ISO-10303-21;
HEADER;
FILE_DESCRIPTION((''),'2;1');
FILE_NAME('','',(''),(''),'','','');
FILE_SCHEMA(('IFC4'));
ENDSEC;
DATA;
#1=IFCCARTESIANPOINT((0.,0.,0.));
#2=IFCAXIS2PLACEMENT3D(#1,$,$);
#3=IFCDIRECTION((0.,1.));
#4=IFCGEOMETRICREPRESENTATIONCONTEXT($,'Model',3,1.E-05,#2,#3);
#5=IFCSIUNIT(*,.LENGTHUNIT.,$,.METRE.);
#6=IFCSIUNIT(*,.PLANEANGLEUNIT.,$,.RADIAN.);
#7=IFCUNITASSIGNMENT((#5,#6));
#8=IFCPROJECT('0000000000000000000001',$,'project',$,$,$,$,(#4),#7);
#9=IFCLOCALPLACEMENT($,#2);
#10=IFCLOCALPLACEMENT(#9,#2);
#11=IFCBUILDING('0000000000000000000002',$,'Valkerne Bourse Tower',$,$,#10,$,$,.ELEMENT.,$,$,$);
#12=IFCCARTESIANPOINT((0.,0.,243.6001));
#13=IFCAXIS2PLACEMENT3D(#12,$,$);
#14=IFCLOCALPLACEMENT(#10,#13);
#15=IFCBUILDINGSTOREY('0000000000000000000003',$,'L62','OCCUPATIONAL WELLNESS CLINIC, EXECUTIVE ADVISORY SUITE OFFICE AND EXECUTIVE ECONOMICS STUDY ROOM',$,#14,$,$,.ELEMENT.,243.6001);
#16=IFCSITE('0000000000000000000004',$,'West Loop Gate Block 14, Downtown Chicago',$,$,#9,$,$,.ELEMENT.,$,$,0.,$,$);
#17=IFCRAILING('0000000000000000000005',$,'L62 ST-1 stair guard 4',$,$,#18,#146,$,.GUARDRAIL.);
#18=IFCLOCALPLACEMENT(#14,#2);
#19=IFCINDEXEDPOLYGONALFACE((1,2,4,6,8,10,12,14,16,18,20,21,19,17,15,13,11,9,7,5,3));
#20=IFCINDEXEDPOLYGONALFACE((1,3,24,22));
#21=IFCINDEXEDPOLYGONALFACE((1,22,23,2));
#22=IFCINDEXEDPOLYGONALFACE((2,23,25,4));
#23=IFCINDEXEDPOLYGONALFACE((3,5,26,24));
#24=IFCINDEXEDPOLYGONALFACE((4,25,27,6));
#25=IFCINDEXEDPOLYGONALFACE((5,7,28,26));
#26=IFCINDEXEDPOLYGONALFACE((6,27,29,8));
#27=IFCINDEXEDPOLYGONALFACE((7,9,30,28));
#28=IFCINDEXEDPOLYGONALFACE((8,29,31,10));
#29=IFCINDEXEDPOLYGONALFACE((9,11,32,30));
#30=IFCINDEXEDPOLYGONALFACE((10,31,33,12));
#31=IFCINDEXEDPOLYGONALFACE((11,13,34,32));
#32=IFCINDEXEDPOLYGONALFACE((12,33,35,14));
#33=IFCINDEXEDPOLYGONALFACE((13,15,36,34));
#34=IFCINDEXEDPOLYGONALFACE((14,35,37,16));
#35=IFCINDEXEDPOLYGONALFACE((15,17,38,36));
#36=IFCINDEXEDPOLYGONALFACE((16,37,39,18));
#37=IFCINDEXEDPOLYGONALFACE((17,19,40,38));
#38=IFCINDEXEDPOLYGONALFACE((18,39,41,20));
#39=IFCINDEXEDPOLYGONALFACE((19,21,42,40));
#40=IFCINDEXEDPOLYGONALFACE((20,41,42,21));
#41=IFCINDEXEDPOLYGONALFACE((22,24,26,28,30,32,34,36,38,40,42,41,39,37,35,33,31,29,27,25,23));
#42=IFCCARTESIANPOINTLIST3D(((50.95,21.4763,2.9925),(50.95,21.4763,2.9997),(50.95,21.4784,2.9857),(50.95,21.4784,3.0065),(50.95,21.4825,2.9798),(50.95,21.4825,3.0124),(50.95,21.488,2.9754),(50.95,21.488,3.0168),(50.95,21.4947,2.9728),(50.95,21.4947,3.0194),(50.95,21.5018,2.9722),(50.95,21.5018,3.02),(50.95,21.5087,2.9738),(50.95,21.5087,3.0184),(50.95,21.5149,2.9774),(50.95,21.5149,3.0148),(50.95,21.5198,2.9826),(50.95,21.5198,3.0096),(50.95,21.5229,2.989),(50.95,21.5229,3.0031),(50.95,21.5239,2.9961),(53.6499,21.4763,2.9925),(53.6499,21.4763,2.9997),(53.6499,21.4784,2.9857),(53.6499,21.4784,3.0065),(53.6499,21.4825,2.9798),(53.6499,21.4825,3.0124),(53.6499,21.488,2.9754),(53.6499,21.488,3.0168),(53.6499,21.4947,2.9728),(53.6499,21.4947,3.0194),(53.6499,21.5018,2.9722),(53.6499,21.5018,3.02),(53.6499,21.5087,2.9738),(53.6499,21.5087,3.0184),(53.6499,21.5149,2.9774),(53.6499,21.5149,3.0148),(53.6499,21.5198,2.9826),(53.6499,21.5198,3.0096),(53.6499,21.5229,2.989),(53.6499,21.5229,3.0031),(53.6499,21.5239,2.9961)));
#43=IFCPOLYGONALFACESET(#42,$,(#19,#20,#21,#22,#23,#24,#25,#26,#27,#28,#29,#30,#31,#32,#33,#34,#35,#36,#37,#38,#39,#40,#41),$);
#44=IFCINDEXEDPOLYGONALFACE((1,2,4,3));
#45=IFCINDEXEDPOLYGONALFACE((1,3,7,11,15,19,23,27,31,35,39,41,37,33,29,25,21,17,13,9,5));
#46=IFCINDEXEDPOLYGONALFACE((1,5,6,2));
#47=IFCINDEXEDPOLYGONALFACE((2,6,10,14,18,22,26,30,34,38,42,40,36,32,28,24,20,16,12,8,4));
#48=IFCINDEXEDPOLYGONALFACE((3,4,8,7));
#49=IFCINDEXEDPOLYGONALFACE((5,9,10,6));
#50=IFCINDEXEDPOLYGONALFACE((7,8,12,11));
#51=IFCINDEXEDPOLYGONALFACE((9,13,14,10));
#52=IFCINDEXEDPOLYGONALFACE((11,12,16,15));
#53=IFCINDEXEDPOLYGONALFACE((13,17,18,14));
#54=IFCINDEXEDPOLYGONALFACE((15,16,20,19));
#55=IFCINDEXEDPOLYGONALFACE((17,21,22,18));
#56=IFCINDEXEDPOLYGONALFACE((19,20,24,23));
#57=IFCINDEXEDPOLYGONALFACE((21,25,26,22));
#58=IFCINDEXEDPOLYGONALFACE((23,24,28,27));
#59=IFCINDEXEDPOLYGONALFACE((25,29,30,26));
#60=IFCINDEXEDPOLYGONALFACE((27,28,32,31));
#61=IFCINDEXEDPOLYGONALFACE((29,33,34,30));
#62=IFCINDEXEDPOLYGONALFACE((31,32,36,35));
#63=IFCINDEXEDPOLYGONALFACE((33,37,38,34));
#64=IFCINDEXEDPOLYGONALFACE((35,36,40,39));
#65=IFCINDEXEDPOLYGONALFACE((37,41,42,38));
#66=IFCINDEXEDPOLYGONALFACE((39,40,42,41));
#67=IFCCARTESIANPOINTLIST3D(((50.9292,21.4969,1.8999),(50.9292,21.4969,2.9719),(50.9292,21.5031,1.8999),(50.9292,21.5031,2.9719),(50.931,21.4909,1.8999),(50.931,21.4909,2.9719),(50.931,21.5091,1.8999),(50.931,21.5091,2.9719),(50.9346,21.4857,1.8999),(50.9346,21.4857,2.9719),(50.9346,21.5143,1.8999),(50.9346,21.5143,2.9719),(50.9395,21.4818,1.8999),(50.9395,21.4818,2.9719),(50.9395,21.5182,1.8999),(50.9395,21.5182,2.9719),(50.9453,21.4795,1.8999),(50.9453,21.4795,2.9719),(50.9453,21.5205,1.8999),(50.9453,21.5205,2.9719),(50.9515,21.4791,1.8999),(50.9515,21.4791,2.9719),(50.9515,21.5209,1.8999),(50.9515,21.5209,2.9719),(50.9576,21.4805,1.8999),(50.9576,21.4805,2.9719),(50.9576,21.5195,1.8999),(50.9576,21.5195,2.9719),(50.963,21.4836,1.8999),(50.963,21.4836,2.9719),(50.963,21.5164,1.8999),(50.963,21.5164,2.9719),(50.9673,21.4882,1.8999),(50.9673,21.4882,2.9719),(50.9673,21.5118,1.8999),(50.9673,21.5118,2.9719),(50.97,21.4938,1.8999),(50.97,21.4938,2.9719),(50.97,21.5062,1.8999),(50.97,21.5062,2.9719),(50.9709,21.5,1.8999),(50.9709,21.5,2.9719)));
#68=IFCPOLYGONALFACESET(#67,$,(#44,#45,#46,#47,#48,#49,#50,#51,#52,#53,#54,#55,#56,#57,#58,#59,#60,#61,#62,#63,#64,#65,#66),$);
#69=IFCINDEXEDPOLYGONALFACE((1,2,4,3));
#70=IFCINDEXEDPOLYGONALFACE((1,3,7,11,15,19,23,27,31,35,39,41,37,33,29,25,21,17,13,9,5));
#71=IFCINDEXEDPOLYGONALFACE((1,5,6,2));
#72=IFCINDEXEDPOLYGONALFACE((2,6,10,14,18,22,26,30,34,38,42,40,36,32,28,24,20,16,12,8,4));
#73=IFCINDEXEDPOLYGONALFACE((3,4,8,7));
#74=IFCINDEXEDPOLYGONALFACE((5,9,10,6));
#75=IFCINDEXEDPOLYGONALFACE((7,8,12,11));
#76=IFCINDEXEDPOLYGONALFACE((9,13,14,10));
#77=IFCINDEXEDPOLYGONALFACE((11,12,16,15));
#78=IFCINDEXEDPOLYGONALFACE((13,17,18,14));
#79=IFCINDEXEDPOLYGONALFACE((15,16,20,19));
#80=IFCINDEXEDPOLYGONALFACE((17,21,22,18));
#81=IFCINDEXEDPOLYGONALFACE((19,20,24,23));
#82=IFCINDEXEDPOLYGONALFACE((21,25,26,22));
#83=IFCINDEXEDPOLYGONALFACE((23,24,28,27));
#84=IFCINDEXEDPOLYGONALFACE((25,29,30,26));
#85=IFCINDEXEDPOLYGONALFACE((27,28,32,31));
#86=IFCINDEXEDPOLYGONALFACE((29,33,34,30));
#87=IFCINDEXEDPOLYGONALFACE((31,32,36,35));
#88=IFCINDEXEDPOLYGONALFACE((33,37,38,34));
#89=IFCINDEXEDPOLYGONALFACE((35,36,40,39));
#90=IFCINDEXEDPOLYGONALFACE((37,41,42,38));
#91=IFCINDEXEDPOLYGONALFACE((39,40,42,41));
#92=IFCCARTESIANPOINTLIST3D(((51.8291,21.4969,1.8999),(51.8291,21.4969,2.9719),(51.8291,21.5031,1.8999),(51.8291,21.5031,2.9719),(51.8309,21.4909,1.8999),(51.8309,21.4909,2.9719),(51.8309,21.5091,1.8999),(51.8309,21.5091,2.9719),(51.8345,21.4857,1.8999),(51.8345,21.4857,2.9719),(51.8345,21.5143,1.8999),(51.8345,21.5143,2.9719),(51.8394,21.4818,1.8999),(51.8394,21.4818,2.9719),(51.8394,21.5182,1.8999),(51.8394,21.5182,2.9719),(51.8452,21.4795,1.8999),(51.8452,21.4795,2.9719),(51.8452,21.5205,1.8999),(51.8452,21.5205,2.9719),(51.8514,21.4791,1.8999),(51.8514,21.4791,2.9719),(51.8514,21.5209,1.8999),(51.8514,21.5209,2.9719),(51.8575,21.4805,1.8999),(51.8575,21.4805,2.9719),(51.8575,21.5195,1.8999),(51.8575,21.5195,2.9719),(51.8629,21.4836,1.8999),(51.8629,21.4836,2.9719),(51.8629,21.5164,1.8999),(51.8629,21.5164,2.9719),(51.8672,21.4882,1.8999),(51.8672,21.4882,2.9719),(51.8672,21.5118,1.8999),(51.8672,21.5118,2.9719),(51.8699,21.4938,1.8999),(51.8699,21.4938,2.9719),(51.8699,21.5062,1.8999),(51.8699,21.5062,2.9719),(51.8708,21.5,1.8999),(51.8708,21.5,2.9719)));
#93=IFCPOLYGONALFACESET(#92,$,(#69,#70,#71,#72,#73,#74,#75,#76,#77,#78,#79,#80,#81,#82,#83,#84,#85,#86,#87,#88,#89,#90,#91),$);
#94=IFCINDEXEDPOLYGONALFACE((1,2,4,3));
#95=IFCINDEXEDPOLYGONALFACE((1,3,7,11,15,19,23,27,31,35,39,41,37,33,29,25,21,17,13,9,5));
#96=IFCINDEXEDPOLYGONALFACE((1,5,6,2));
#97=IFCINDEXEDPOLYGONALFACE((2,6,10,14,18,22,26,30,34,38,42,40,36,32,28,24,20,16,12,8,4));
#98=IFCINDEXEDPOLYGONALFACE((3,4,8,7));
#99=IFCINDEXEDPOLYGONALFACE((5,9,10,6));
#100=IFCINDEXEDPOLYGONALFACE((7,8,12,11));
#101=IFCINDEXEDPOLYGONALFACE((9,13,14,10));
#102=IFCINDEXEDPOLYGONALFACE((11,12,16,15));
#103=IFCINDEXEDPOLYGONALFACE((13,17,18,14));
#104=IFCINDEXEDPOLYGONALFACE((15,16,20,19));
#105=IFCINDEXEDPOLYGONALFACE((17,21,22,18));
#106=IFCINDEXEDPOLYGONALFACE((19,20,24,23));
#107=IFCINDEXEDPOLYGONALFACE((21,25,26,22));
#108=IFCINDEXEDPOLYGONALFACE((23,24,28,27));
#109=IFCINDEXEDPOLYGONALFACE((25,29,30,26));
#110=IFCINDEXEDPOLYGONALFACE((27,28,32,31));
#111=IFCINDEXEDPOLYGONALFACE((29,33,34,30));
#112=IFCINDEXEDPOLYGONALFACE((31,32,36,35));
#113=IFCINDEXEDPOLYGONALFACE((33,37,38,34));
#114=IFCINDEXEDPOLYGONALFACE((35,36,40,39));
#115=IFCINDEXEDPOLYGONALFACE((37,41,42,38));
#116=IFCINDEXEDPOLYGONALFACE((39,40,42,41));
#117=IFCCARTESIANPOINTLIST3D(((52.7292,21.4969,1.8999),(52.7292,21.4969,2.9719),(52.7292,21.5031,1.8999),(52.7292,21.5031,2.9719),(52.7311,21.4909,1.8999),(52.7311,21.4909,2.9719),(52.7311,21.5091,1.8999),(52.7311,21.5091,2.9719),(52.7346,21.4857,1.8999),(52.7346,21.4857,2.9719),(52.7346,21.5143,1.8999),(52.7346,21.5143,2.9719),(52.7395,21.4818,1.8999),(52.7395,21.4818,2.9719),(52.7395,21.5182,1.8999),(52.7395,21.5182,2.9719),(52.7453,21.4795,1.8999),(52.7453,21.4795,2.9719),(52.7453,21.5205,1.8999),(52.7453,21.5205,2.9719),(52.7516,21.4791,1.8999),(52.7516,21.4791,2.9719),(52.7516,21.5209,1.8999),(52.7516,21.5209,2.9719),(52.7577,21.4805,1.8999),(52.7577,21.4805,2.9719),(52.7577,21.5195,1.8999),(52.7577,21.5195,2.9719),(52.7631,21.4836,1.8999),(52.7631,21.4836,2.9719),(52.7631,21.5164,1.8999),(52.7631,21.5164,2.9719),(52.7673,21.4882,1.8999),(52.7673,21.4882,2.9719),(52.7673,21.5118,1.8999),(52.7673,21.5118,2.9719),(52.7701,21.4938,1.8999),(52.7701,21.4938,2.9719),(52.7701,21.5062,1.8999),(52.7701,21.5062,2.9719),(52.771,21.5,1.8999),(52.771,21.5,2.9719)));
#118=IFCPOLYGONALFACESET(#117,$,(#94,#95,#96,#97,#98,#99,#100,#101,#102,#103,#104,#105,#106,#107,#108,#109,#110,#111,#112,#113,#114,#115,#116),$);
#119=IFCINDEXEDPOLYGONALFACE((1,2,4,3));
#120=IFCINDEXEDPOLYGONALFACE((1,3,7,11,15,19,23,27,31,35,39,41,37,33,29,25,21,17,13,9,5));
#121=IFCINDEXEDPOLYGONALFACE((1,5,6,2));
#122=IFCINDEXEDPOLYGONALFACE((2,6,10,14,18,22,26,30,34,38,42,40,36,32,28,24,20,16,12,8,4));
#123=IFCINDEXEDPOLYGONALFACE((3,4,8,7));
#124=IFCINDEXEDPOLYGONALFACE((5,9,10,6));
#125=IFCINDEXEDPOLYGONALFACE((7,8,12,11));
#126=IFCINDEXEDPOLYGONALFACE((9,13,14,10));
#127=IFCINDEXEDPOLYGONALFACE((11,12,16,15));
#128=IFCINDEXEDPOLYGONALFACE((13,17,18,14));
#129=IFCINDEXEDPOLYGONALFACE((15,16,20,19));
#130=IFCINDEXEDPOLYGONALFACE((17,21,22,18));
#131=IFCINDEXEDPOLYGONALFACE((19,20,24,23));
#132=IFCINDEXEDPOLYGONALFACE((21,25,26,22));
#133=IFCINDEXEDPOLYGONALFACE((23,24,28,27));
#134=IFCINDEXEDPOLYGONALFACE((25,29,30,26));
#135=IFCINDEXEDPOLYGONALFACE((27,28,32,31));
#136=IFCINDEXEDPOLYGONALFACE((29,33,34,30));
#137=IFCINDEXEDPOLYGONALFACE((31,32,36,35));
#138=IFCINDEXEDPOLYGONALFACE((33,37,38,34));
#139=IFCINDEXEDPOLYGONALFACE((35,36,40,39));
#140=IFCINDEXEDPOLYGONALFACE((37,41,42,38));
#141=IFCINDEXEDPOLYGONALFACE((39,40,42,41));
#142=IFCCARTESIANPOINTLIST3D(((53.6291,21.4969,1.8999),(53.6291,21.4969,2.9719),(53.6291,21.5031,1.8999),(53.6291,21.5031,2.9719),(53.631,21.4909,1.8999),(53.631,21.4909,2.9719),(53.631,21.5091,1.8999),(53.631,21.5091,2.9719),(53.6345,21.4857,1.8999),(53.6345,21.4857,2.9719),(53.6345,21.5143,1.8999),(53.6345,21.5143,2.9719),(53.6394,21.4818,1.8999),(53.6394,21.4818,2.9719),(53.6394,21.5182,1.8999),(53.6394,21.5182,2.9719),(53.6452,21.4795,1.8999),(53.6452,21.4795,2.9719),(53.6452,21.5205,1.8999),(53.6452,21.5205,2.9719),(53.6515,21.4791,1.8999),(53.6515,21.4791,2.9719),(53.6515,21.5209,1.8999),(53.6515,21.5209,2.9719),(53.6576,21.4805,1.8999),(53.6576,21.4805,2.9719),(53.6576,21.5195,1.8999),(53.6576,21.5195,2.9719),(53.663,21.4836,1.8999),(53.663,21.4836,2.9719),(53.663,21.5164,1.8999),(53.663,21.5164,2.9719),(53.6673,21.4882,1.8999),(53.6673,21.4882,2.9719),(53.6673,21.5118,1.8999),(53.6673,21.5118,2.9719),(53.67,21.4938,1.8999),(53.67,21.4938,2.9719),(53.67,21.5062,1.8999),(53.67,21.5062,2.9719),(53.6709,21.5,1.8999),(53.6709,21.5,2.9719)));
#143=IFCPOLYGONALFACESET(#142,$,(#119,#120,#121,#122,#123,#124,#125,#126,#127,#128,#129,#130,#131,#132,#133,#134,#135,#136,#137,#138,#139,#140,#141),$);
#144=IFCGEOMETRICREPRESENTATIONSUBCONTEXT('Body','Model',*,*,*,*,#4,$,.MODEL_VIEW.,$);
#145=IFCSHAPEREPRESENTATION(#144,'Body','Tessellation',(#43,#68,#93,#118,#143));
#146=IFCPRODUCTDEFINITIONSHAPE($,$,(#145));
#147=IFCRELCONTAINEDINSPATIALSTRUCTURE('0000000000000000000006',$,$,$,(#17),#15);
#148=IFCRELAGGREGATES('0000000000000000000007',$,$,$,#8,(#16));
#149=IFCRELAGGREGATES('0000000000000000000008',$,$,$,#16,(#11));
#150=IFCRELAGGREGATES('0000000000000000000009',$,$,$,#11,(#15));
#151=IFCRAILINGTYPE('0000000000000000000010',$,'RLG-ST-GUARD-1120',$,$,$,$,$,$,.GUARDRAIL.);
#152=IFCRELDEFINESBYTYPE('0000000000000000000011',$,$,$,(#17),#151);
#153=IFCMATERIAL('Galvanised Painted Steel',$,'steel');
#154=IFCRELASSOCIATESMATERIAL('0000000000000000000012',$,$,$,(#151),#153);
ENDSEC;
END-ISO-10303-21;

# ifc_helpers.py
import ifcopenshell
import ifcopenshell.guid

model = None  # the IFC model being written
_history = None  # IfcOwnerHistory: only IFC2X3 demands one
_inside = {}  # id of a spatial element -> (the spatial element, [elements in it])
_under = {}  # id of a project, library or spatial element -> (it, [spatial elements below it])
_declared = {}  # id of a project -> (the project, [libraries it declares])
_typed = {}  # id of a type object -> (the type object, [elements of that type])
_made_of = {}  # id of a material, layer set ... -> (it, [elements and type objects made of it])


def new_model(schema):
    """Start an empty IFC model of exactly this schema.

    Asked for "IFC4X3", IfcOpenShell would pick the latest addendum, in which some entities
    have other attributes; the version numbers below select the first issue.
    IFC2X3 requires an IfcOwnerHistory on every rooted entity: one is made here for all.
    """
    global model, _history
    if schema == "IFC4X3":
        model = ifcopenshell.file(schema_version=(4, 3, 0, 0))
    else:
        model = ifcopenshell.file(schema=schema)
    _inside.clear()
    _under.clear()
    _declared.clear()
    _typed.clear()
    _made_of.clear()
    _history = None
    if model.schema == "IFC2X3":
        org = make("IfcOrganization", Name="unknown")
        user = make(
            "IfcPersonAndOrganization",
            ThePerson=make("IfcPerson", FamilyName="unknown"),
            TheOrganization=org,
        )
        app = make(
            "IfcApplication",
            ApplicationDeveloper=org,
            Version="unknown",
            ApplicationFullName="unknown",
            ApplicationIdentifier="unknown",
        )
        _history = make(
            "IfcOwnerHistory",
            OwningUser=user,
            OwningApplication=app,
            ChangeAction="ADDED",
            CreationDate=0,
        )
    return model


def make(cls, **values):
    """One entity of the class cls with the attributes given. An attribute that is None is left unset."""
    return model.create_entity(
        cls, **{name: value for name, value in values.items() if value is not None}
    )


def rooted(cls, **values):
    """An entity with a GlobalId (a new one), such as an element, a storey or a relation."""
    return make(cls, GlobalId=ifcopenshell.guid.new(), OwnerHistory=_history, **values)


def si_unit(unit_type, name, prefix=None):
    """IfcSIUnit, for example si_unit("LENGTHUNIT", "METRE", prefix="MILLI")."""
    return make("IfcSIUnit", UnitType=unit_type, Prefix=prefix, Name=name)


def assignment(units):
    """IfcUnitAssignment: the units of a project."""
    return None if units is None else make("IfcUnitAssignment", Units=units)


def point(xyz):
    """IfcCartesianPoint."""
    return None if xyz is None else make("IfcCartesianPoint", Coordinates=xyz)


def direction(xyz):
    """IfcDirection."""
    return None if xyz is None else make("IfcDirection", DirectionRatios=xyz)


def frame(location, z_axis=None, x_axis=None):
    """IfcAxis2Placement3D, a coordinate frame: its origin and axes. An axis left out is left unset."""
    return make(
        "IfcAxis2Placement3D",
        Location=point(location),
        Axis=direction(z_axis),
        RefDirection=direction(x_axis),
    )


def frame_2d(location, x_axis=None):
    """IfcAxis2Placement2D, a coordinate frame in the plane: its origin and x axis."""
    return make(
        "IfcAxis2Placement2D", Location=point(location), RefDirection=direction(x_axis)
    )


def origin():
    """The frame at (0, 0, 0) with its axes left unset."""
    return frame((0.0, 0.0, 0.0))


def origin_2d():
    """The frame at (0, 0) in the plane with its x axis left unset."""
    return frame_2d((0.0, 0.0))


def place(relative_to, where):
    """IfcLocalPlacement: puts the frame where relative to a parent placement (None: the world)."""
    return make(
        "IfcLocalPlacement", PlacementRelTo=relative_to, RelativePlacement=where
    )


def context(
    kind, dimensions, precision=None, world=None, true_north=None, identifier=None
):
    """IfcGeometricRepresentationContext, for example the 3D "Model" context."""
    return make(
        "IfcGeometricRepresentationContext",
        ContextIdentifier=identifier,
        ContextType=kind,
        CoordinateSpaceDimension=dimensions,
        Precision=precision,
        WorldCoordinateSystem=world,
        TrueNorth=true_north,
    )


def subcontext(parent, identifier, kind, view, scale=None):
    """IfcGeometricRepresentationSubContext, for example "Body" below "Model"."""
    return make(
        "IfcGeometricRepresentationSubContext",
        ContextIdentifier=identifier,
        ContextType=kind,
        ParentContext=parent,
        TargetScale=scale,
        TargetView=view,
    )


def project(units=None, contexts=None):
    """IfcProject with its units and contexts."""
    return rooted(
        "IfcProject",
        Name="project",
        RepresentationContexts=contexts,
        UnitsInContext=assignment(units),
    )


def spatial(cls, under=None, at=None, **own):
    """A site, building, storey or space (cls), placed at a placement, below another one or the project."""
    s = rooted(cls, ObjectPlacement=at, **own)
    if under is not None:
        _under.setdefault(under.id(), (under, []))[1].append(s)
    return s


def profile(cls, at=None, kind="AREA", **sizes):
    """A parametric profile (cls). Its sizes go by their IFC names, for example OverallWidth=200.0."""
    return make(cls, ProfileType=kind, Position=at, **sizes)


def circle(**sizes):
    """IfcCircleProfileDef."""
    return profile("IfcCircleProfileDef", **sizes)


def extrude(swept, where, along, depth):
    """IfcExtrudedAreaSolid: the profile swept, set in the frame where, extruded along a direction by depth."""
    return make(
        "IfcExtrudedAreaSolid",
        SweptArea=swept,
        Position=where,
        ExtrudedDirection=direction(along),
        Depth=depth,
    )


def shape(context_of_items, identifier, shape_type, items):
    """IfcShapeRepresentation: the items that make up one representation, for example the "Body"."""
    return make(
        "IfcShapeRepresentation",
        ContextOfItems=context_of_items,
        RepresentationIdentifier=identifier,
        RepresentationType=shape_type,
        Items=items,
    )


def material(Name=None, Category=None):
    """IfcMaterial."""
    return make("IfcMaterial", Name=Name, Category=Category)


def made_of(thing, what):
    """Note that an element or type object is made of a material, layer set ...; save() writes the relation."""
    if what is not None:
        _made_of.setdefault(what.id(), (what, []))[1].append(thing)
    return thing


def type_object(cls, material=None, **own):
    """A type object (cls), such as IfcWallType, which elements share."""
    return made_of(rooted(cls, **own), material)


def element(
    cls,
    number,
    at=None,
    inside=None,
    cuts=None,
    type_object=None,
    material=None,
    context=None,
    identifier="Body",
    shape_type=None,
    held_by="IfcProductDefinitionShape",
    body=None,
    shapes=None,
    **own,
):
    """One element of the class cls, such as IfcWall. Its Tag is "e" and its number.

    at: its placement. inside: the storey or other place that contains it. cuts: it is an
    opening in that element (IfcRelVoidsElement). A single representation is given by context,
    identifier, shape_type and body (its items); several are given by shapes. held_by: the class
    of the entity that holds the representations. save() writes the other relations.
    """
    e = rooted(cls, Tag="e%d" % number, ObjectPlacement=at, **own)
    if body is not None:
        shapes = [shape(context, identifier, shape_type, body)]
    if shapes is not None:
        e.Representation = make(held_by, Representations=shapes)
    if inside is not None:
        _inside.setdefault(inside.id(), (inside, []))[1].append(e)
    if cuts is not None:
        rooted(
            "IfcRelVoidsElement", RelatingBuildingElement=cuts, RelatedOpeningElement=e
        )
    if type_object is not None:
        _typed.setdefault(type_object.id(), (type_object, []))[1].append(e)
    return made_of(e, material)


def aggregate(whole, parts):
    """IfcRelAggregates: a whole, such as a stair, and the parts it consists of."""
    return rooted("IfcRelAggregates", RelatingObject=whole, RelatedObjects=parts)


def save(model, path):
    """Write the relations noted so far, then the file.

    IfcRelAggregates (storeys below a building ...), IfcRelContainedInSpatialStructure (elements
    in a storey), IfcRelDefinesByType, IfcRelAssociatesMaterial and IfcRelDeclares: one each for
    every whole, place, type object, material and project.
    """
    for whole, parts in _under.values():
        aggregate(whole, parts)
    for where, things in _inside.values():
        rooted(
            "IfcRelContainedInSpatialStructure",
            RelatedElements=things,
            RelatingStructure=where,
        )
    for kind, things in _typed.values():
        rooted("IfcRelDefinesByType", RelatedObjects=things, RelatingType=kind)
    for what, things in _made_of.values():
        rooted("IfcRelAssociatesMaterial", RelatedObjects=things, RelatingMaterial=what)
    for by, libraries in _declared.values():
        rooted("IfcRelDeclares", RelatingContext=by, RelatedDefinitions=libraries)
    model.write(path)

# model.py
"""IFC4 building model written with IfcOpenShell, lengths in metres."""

from ifc_helpers import new_model, si_unit, direction, frame, origin, origin_2d, place, context, subcontext, project, spatial, circle, extrude, material, type_object, element, save


model = new_model("IFC4")

# Units and contexts
model_context = context("Model", 3, precision=1e-05, world=origin(), true_north=direction((0.0, 1.0)))
body_context = subcontext(model_context, "Body", "Model", "MODEL_VIEW")
ifc_project = project(units=[si_unit("LENGTHUNIT", "METRE"), si_unit("PLANEANGLEUNIT", "RADIAN")], contexts=[model_context])

# Site, building, storey
site_placement = place(None, origin())
site = spatial("IfcSite", under=ifc_project, at=site_placement, Name="West Loop Gate Block 14, Downtown Chicago", CompositionType="ELEMENT", RefElevation=0.0)
building_placement = place(site_placement, origin())
building = spatial("IfcBuilding", under=site, at=building_placement, Name="Valkerne Bourse Tower", CompositionType="ELEMENT")
storey_placement = place(building_placement, frame((0.0, 0.0, 243.6001)))
storey = spatial("IfcBuildingStorey", under=building, at=storey_placement, Name="L62", Description="OCCUPATIONAL WELLNESS CLINIC, EXECUTIVE ADVISORY SUITE OFFICE AND EXECUTIVE ECONOMICS STUDY ROOM", CompositionType="ELEMENT", Elevation=243.6001)

# Shared definitions
ifc_material_1 = material(Name="Galvanised Painted Steel", Category="steel")

# Railing
railing_type_1 = type_object("IfcRailingType", Name="RLG-ST-GUARD-1120", PredefinedType="GUARDRAIL", material=ifc_material_1)
for number, where, name in (
    (1, (50.95, 21.5, 1.8999), "L62 ST-1 stair guard 4"),
):
    element("IfcRailing", number, at=place(storey_placement, frame(where)), inside=storey, type_object=railing_type_1, Name=name, PredefinedType="GUARDRAIL", context=body_context, shape_type="SweptSolid", body=[
        extrude(circle(Radius=0.0239, at=origin_2d()), frame((0.0, 0.0, 1.0962), z_axis=(1.0, 0.0, 0.0), x_axis=(0.0, 1.0, 0.0)), (0.0, 0.0, 1.0), 2.7),
        extrude(circle(Radius=0.021, at=origin_2d()), origin(), (0.0, 0.0, 1.0), 1.072),
        extrude(circle(Radius=0.021, at=origin_2d()), frame((0.8999, 0.0, 0.0)), (0.0, 0.0, 1.0), 1.072),
        extrude(circle(Radius=0.021, at=origin_2d()), frame((1.8, 0.0, 0.0)), (0.0, 0.0, 1.0), 1.072),
        extrude(circle(Radius=0.021, at=origin_2d()), frame((2.7, 0.0, 0.0)), (0.0, 0.0, 1.0), 1.072),
    ])

save(model, "model.ifc")
